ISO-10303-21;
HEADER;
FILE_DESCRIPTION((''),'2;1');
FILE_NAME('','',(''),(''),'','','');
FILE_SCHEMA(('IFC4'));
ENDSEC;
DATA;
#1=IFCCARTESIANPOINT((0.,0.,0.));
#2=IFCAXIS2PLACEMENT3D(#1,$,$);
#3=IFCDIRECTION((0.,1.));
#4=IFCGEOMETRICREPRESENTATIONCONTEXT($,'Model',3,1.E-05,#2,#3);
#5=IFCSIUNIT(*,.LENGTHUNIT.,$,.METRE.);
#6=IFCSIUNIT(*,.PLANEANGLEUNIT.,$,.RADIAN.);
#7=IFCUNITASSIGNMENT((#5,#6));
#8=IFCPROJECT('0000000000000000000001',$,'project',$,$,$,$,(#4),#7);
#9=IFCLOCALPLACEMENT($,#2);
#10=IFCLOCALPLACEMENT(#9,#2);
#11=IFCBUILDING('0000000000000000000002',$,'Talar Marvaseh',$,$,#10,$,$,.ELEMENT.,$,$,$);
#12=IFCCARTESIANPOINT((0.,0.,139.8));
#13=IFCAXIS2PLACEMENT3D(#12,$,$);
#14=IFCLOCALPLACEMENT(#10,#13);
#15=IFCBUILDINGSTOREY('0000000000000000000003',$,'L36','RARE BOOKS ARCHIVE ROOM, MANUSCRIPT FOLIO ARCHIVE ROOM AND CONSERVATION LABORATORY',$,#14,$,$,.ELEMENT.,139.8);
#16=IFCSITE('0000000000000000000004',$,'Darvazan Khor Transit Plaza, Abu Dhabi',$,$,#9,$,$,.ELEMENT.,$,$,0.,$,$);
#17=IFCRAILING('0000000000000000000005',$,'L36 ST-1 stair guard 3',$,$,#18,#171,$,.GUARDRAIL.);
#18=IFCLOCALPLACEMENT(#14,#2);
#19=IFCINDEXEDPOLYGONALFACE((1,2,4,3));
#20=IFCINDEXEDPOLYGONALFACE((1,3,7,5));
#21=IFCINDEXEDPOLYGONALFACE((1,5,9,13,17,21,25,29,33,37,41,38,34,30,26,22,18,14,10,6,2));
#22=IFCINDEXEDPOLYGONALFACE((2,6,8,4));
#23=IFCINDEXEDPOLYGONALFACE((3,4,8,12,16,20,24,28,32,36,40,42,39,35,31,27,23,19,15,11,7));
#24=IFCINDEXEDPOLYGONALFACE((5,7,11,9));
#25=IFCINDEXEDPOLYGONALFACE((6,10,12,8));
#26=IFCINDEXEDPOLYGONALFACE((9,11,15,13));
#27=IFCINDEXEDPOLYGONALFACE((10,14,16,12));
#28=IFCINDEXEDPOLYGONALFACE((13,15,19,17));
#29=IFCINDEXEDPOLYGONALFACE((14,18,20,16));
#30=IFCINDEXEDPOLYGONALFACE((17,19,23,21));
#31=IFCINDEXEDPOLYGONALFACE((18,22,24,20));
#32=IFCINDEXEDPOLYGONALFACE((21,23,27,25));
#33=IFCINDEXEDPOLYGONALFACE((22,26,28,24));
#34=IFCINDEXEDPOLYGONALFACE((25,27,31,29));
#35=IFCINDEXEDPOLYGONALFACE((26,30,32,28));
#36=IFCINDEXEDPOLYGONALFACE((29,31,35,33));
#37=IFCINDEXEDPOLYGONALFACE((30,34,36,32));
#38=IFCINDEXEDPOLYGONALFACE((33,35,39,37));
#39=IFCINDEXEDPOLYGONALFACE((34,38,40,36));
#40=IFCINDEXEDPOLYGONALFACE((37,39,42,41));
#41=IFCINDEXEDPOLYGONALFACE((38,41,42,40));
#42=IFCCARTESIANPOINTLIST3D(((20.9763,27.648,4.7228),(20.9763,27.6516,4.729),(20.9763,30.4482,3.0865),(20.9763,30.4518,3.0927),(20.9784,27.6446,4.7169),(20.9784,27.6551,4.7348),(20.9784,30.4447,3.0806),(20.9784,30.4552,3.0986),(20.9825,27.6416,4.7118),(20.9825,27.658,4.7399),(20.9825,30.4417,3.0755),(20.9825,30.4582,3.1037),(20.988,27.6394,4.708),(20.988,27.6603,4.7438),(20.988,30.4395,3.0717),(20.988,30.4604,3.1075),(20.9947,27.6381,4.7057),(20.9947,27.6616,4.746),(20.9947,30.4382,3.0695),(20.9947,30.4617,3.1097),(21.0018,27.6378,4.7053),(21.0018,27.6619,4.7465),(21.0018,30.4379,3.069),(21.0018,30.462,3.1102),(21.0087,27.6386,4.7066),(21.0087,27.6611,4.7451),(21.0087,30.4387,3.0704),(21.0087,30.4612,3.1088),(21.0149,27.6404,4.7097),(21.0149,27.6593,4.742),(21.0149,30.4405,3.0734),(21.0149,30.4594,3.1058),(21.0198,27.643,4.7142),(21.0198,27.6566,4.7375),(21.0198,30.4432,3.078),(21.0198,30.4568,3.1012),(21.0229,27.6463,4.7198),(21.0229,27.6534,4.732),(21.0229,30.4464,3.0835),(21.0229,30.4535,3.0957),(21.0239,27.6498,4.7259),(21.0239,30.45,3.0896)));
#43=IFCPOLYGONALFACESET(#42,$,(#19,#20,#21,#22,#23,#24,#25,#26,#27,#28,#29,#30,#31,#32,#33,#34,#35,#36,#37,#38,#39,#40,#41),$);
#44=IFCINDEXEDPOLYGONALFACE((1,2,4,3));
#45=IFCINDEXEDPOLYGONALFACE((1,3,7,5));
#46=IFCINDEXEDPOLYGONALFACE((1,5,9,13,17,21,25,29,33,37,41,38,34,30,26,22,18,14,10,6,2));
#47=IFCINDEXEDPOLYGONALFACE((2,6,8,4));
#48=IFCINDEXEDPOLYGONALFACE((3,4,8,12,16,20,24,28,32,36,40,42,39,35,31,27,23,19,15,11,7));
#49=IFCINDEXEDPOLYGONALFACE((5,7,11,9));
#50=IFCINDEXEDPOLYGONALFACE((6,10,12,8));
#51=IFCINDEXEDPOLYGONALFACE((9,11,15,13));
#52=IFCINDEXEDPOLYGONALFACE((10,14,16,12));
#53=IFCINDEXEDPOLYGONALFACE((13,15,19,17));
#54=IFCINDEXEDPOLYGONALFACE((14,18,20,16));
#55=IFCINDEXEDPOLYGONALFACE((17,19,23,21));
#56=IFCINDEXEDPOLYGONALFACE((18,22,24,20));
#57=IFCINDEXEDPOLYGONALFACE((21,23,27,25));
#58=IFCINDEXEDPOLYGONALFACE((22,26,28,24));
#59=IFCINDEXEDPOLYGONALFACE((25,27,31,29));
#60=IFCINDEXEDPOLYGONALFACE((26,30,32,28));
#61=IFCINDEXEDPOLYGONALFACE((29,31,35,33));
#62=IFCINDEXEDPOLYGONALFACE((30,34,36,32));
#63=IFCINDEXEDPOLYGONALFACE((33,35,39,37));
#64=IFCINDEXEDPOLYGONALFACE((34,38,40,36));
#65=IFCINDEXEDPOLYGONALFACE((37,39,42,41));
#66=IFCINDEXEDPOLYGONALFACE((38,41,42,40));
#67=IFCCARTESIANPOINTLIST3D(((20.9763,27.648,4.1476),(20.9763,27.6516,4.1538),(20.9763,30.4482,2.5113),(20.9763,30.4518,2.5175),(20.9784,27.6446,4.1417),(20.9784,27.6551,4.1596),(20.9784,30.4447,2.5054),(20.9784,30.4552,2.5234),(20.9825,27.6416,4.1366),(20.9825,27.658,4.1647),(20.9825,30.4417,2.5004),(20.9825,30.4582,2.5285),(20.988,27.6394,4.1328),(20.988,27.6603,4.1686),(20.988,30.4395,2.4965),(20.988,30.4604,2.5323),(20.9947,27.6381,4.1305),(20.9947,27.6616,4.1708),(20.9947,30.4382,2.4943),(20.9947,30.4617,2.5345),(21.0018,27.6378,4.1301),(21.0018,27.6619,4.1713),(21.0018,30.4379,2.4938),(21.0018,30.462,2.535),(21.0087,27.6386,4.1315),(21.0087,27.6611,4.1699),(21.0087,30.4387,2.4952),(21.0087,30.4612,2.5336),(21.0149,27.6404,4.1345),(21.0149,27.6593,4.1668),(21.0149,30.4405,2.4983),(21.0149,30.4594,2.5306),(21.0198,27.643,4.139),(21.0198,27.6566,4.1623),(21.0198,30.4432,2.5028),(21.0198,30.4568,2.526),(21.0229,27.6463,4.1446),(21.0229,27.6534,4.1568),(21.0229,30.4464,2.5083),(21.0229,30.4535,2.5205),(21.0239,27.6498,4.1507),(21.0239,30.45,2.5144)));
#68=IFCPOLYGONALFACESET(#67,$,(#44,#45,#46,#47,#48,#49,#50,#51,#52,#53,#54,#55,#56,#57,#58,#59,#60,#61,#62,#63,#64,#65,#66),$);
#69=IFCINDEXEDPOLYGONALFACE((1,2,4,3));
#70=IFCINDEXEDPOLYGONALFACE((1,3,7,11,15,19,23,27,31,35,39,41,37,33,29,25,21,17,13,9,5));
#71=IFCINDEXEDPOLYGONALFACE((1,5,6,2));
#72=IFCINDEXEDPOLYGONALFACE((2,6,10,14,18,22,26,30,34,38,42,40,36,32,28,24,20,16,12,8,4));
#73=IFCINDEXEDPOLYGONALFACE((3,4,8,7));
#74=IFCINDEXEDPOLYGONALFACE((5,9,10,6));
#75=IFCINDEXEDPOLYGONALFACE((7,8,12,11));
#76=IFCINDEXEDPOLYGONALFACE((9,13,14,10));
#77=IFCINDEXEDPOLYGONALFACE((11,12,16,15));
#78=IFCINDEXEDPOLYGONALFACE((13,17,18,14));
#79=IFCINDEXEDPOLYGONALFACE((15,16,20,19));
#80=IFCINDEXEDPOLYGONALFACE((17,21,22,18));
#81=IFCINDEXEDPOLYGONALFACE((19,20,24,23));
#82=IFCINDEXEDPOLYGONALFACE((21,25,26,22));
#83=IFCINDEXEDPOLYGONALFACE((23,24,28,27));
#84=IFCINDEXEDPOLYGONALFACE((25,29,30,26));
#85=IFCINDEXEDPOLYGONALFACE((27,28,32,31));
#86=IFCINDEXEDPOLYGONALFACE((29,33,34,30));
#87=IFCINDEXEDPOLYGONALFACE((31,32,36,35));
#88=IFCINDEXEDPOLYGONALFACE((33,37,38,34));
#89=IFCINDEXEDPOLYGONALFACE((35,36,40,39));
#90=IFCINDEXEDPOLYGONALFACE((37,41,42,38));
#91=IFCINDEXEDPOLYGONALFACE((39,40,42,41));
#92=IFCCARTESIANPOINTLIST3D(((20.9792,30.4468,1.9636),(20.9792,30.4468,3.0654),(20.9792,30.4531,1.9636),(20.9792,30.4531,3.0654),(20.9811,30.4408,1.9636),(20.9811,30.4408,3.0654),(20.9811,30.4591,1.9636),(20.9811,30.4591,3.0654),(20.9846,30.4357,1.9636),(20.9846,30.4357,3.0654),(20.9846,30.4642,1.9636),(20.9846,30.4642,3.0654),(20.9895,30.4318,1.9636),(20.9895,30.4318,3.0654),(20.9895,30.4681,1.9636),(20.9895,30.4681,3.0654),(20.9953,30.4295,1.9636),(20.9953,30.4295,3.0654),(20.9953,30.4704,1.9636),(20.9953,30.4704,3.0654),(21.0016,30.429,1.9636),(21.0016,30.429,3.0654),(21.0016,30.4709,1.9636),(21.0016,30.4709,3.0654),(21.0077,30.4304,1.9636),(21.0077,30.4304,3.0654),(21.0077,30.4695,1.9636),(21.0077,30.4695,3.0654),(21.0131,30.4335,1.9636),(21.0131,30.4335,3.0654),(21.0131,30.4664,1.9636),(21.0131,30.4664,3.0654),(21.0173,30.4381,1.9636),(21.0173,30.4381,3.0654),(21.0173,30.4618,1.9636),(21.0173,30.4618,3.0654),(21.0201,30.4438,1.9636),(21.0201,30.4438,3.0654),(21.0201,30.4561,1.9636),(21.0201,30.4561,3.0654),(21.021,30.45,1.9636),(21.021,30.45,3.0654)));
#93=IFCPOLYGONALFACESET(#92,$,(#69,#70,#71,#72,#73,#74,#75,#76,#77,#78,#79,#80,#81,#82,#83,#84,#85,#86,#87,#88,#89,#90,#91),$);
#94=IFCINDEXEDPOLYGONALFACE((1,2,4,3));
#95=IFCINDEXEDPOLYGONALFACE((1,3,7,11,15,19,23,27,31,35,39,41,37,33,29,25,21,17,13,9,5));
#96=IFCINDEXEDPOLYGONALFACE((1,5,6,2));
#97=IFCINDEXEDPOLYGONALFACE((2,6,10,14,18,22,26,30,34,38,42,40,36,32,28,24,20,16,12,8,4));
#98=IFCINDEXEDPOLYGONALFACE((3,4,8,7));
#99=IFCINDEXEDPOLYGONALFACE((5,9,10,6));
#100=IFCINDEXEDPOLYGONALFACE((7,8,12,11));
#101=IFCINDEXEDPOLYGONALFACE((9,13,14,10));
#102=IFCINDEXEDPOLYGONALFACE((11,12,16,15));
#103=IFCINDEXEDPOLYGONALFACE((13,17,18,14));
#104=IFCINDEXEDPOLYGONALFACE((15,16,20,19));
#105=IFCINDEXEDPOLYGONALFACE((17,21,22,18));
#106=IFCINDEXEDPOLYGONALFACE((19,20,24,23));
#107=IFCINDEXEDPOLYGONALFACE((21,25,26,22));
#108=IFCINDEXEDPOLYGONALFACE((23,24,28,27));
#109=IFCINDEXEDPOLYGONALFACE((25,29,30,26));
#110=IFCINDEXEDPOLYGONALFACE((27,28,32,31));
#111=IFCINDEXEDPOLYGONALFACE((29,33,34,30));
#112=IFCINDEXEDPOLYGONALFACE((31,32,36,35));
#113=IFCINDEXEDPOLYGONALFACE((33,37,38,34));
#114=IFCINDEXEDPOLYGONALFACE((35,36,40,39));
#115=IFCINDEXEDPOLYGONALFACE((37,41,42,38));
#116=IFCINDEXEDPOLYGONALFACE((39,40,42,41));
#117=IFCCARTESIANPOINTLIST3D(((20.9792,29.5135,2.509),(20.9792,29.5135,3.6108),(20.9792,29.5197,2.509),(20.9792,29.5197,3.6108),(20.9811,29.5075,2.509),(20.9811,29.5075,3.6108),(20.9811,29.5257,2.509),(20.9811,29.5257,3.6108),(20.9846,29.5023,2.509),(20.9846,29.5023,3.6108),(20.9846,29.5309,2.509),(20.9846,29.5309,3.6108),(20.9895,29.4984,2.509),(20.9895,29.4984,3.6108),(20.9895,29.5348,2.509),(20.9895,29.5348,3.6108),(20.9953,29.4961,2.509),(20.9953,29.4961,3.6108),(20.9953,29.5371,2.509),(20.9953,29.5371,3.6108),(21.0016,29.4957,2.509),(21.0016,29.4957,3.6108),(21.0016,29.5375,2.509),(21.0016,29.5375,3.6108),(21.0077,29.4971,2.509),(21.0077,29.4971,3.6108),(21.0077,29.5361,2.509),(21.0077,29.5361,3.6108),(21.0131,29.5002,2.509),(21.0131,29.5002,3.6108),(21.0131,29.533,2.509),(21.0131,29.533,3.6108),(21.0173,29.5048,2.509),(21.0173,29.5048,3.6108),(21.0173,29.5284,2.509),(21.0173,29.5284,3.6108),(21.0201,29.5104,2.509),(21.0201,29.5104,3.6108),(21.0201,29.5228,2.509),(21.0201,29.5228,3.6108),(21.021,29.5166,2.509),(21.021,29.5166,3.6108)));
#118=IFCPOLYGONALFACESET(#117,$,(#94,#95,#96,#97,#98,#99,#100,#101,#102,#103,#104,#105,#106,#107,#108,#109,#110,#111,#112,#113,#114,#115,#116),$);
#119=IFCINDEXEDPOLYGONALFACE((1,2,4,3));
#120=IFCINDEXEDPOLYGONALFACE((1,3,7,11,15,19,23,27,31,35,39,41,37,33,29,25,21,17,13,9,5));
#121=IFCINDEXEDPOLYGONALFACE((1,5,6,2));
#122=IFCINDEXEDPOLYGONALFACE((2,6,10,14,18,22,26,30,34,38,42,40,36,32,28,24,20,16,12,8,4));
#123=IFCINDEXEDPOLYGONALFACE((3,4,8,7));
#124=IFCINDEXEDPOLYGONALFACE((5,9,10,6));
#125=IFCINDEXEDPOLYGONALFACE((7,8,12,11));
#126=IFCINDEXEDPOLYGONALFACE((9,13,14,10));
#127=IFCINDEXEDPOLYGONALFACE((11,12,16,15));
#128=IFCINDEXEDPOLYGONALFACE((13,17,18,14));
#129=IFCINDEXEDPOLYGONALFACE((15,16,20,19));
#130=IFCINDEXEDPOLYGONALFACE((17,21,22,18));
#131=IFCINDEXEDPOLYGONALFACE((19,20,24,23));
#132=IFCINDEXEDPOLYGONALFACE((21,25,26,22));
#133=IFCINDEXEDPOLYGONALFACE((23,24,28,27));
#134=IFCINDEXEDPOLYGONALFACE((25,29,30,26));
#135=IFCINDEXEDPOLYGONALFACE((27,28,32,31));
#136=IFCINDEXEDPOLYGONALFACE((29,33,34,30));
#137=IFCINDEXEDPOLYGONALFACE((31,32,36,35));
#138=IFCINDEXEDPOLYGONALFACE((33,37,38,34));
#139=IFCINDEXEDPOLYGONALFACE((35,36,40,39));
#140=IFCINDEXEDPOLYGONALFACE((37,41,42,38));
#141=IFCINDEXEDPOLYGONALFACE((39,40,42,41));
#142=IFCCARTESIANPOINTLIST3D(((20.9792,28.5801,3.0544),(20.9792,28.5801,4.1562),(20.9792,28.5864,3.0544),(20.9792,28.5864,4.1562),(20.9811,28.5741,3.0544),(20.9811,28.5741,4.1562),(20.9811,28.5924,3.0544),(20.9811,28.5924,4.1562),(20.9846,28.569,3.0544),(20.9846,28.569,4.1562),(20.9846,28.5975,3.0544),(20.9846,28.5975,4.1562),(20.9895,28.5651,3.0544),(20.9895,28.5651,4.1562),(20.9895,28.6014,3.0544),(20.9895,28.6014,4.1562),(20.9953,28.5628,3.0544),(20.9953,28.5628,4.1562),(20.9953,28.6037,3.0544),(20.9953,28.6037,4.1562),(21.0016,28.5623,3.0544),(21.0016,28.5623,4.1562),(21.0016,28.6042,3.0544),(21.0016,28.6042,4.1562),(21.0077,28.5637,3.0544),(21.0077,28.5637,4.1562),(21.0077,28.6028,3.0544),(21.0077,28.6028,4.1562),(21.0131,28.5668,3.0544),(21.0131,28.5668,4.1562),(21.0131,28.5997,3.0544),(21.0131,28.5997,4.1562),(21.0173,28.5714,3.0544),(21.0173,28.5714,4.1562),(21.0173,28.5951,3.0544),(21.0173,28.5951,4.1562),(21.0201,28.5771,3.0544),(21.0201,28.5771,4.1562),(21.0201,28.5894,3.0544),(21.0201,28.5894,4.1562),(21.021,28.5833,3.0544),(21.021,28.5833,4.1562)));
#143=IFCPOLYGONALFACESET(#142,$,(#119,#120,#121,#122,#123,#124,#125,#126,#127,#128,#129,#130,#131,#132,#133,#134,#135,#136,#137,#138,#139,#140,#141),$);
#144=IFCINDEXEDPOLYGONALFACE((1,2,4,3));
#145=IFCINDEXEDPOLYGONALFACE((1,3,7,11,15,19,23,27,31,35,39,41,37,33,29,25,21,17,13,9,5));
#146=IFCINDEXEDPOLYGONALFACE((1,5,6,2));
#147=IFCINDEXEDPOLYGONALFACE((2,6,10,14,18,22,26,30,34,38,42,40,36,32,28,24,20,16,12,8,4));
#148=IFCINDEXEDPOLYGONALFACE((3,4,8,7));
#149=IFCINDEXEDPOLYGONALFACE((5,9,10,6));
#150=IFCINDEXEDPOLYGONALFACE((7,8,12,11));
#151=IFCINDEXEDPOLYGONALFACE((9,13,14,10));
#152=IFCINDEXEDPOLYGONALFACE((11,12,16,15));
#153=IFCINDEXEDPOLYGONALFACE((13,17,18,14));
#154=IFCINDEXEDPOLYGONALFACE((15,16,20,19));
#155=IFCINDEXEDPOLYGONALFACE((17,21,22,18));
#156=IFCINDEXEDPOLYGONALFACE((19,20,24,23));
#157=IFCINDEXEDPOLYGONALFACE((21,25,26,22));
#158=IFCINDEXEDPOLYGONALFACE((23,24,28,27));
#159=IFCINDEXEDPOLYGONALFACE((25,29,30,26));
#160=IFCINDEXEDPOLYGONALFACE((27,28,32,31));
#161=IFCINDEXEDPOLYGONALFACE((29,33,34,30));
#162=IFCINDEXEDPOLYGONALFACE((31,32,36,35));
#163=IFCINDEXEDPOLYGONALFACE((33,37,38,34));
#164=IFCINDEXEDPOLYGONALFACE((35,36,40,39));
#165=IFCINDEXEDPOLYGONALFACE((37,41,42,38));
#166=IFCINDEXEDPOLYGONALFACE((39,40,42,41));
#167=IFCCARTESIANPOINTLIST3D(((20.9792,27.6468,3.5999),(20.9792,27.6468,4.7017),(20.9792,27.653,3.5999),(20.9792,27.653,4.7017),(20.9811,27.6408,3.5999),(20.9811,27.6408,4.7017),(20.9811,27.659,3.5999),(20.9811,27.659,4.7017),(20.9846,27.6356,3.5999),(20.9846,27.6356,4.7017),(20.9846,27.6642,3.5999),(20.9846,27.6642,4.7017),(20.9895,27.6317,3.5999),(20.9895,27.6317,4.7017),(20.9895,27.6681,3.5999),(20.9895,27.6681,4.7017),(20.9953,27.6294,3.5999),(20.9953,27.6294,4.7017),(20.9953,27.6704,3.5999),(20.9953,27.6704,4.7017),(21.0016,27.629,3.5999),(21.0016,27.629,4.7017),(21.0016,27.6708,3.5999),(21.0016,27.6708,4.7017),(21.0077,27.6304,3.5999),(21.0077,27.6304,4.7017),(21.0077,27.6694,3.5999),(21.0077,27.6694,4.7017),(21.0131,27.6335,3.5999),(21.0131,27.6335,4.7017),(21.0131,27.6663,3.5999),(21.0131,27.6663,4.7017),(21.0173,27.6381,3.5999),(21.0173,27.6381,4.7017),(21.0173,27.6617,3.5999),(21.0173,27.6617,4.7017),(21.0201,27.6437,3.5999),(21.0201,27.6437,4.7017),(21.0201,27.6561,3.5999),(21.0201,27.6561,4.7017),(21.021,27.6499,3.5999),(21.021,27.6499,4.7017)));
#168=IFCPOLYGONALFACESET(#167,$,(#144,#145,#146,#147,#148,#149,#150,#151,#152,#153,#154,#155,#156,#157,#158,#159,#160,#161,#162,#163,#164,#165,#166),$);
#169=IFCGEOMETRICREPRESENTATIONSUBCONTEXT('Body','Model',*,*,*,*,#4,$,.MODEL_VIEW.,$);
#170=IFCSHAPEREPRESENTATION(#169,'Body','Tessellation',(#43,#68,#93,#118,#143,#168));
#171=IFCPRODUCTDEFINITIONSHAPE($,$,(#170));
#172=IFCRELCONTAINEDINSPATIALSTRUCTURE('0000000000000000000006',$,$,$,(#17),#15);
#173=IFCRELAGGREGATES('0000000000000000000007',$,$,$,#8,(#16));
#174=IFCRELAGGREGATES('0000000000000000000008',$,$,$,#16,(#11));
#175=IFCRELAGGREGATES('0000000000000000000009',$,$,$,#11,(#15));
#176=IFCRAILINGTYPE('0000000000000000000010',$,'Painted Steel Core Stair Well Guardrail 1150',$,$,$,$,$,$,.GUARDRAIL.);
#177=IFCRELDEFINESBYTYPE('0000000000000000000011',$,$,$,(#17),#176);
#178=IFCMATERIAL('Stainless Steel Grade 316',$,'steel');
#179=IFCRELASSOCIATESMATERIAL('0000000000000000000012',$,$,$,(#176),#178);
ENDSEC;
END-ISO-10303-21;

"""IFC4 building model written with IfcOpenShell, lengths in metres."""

from ifc_helpers import new_model, si_unit, direction, frame, origin, origin_2d, place, context, subcontext, project, spatial, circle, extrude, material, type_object, element, save


model = new_model("IFC4")

# Units and contexts
model_context = context("Model", 3, precision=1e-05, world=origin(), true_north=direction((0.0, 1.0)))
body_context = subcontext(model_context, "Body", "Model", "MODEL_VIEW")
ifc_project = project(units=[si_unit("LENGTHUNIT", "METRE"), si_unit("PLANEANGLEUNIT", "RADIAN")], contexts=[model_context])

# Site, building, storey
site_placement = place(None, origin())
site = spatial("IfcSite", under=ifc_project, at=site_placement, Name="Darvazan Khor Transit Plaza, Abu Dhabi", CompositionType="ELEMENT", RefElevation=0.0)
building_placement = place(site_placement, origin())
building = spatial("IfcBuilding", under=site, at=building_placement, Name="Talar Marvaseh", CompositionType="ELEMENT")
storey_placement = place(building_placement, frame((0.0, 0.0, 139.8)))
storey = spatial("IfcBuildingStorey", under=building, at=storey_placement, Name="L36", Description="RARE BOOKS ARCHIVE ROOM, MANUSCRIPT FOLIO ARCHIVE ROOM AND CONSERVATION LABORATORY", CompositionType="ELEMENT", Elevation=139.8)

# Railing
ifc_material_1 = material(Name="Stainless Steel Grade 316", Category="steel")
railing_type_1 = type_object("IfcRailingType", Name="Painted Steel Core Stair Well Guardrail 1150", PredefinedType="GUARDRAIL", material=ifc_material_1)
railing_1_placement = place(storey_placement, frame((21.0, 30.45, 1.9636)))
element("IfcRailing", 1, at=railing_1_placement, inside=storey, type_object=railing_type_1, Name="L36 ST-1 stair guard 3", PredefinedType="GUARDRAIL", context=body_context, shape_type="SweptSolid", body=[
    extrude(circle(Radius=0.0239, at=origin_2d()), frame((0.0, 0.0, 1.126), z_axis=(0.0, -0.863394, 0.504531), x_axis=(1.0, 0.0, 0.0)), (0.0, 0.0, 1.0), 3.2432),
    extrude(circle(Radius=0.0239, at=origin_2d()), frame((0.0, 0.0, 0.5508), z_axis=(0.0, -0.863394, 0.504531), x_axis=(1.0, 0.0, 0.0)), (0.0, 0.0, 1.0), 3.2432),
    extrude(circle(Radius=0.021, at=origin_2d()), origin(), (0.0, 0.0, 1.0), 1.1018),
    extrude(circle(Radius=0.021, at=origin_2d()), frame((0.0, -0.9333, 0.5454)), (0.0, 0.0, 1.0), 1.1018),
    extrude(circle(Radius=0.021, at=origin_2d()), frame((0.0, -1.8667, 1.0908)), (0.0, 0.0, 1.0), 1.1018),
    extrude(circle(Radius=0.021, at=origin_2d()), frame((0.0, -2.8, 1.6362)), (0.0, 0.0, 1.0), 1.1018),
])

save(model, "model.ifc")
